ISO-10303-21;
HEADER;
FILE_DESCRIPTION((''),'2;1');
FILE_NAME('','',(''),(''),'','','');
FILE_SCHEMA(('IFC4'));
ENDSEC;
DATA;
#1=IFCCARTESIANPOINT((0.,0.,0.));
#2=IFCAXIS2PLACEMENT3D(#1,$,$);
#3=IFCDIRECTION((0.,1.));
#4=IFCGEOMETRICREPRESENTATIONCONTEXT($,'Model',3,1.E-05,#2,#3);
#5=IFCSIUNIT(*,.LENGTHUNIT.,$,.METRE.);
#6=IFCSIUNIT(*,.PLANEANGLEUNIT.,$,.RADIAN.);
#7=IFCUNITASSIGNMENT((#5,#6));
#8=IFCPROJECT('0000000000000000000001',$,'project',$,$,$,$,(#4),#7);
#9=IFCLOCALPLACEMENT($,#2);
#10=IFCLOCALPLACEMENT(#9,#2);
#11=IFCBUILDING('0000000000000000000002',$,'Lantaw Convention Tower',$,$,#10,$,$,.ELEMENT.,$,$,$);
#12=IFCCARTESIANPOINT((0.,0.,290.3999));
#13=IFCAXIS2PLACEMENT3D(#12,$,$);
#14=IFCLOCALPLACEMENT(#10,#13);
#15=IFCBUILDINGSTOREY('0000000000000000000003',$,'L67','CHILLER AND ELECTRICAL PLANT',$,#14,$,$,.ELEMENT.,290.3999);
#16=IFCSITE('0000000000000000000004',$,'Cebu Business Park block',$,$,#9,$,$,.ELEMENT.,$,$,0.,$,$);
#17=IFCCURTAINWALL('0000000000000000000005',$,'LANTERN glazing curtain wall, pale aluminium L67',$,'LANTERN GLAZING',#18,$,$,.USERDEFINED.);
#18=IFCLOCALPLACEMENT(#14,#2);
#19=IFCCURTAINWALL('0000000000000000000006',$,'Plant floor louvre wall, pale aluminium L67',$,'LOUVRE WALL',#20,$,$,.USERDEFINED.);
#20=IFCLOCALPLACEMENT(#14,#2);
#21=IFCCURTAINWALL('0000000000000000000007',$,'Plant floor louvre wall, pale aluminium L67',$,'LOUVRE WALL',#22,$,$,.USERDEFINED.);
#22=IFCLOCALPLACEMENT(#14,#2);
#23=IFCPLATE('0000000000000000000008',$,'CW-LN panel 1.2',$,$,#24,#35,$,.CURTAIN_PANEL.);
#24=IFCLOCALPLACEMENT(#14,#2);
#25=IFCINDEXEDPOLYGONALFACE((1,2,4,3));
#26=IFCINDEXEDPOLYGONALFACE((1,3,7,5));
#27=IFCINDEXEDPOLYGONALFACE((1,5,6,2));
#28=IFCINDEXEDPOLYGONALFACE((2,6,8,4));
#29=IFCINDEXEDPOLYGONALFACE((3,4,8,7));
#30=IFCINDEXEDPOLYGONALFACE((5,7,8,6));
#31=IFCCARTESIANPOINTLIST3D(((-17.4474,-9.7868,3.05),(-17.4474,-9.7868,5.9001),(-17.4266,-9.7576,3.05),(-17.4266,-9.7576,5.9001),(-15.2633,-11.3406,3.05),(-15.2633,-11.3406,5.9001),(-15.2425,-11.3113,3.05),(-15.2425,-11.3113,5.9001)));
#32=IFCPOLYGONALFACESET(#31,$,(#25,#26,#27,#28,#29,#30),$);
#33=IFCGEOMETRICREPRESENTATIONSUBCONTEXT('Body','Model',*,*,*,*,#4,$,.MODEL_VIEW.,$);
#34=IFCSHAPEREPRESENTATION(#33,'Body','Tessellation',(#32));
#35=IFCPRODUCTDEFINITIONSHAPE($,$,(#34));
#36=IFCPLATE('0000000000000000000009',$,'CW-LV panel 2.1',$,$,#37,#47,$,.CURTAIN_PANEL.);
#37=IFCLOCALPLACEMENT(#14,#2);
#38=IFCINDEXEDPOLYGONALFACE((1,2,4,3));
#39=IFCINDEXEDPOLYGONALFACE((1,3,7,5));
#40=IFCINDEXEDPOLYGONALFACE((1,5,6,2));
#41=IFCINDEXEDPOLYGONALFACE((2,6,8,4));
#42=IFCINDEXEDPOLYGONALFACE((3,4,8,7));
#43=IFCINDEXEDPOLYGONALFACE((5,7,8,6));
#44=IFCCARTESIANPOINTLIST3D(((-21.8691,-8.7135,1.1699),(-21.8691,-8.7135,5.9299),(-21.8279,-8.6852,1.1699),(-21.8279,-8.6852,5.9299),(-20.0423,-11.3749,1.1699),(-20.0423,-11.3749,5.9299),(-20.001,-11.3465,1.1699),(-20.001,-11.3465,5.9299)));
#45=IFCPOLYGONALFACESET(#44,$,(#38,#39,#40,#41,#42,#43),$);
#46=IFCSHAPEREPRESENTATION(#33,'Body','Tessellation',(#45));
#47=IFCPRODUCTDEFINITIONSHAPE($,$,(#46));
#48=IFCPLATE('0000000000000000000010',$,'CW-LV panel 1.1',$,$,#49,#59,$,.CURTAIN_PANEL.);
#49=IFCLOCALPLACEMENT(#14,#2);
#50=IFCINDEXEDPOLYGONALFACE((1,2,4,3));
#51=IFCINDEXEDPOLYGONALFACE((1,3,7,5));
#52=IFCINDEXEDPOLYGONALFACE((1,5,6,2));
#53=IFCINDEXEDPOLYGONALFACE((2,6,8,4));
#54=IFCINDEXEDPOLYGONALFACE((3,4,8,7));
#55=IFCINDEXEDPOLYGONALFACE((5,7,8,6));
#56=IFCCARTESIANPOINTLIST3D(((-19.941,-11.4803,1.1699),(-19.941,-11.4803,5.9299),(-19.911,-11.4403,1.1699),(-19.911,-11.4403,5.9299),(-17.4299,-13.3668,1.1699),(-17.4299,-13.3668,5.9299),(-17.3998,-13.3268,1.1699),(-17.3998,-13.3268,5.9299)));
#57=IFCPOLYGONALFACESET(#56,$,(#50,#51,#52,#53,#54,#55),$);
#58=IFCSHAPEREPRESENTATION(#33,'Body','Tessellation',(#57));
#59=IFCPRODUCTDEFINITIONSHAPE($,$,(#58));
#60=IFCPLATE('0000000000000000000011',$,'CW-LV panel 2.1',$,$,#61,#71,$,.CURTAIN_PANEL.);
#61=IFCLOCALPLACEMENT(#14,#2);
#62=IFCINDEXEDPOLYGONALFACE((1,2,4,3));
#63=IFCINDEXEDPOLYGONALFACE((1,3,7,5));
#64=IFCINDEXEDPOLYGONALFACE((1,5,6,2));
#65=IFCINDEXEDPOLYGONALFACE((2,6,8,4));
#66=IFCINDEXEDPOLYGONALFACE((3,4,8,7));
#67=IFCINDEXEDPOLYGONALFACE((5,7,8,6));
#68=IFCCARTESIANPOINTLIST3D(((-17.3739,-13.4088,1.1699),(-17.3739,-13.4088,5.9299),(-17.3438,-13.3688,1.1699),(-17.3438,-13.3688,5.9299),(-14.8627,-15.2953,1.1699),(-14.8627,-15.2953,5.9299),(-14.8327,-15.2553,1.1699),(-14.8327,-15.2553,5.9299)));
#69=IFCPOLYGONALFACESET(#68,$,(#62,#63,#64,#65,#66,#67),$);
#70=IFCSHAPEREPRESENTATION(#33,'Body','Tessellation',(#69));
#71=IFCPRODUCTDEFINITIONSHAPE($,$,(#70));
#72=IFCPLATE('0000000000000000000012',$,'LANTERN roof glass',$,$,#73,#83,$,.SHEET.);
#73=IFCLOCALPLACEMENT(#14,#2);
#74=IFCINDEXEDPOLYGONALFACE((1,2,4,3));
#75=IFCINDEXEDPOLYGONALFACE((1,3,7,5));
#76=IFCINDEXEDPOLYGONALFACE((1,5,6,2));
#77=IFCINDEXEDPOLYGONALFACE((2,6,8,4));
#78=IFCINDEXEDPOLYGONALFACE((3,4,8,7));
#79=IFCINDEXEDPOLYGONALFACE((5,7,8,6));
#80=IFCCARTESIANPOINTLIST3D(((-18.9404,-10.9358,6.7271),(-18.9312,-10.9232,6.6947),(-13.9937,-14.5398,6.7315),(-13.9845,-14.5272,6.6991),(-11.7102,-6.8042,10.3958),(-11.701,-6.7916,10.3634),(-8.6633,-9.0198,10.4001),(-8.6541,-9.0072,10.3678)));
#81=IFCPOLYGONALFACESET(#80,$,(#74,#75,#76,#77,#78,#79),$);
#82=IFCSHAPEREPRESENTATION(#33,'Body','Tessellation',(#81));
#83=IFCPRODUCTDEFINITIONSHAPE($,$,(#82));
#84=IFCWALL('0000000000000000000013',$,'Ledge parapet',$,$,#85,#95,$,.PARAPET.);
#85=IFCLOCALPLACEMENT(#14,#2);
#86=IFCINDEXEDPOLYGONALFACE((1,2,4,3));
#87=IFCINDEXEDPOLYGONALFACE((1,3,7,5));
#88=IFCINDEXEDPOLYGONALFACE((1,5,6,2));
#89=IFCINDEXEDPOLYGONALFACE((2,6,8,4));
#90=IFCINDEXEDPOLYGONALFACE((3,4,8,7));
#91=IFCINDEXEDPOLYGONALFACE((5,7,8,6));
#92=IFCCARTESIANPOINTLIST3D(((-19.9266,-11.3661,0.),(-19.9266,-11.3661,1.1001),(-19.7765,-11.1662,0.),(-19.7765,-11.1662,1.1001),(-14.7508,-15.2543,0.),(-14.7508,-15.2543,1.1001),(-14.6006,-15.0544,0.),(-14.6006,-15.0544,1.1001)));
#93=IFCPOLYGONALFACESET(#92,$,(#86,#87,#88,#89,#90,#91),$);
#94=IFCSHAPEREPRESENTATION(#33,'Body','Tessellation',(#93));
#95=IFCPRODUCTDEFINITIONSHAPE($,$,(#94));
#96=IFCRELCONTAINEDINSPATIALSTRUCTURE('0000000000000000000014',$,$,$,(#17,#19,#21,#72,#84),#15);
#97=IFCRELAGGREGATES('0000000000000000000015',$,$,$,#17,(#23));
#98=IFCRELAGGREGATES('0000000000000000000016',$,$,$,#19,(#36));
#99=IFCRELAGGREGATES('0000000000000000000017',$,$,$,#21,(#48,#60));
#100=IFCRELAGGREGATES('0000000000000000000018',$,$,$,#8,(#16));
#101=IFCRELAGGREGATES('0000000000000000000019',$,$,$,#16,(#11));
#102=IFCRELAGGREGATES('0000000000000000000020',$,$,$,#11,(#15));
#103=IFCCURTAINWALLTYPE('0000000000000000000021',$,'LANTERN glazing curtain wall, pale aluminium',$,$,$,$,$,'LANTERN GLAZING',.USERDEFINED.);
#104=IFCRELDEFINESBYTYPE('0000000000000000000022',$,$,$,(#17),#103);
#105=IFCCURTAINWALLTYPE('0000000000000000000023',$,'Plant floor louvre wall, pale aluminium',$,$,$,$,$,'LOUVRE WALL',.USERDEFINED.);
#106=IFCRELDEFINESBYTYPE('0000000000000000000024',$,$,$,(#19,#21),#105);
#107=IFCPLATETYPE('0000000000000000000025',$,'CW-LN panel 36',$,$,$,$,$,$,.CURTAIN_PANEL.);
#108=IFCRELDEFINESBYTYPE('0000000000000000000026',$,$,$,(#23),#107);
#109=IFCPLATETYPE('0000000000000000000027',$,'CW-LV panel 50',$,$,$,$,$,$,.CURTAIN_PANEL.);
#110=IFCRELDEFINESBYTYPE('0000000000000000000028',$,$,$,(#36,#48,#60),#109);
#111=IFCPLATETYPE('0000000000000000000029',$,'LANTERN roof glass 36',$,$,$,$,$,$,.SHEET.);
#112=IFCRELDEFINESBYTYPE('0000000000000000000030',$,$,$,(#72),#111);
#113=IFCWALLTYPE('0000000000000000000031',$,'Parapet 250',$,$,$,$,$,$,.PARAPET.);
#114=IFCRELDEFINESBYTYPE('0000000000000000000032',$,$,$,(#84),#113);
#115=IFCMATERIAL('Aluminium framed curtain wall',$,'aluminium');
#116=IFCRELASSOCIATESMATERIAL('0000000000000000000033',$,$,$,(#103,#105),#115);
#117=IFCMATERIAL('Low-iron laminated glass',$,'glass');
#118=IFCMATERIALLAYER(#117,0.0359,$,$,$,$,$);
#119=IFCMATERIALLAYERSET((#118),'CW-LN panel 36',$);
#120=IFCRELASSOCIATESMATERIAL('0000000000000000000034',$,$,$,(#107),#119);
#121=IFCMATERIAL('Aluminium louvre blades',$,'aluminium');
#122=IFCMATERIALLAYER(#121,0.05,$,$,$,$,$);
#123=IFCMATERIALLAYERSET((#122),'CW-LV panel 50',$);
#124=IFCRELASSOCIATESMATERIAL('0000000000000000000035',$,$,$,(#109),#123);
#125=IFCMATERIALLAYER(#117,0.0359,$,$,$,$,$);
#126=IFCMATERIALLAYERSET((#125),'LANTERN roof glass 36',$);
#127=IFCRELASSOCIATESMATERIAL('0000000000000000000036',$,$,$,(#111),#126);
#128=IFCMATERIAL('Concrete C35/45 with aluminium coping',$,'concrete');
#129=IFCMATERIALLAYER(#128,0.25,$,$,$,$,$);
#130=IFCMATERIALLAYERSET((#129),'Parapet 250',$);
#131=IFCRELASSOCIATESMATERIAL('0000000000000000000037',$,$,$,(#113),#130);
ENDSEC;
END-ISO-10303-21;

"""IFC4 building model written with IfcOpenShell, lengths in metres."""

from ifc_helpers import new_model, si_unit, direction, frame, frame_2d, origin, origin_2d, place, context, subcontext, project, spatial, polyline, rectangle, outline, extrude, material, layer, layer_set, type_object, element, aggregate, save


model = new_model("IFC4")

# Units and contexts
model_context = context("Model", 3, precision=1e-05, world=origin(), true_north=direction((0.0, 1.0)))
body_context = subcontext(model_context, "Body", "Model", "MODEL_VIEW")
ifc_project = project(units=[si_unit("LENGTHUNIT", "METRE"), si_unit("PLANEANGLEUNIT", "RADIAN")], contexts=[model_context])

# Site, building, storey
site_placement = place(None, origin())
site = spatial("IfcSite", under=ifc_project, at=site_placement, Name="Cebu Business Park block", CompositionType="ELEMENT", RefElevation=0.0)
building_placement = place(site_placement, origin())
building = spatial("IfcBuilding", under=site, at=building_placement, Name="Lantaw Convention Tower", CompositionType="ELEMENT")
storey_placement = place(building_placement, frame((0.0, 0.0, 290.3999)))
storey = spatial("IfcBuildingStorey", under=building, at=storey_placement, Name="L67", Description="CHILLER AND ELECTRICAL PLANT", CompositionType="ELEMENT", Elevation=290.3999)

# Shared definitions
ifc_material_1 = material(Name="Aluminium framed curtain wall", Category="aluminium")
curtain_wall_type_1 = type_object("IfcCurtainWallType", Name="LANTERN glazing curtain wall, pale aluminium", ElementType="LANTERN GLAZING", PredefinedType="USERDEFINED", material=ifc_material_1)

# Curtain wall
curtain_wall_1_placement = place(storey_placement, origin())
curtain_wall_1 = element("IfcCurtainWall", 1, at=curtain_wall_1_placement, inside=storey, type_object=curtain_wall_type_1, Name="LANTERN glazing curtain wall, pale aluminium L67", ObjectType="LANTERN GLAZING", PredefinedType="USERDEFINED")

# Curtain wall
curtain_wall_type_2 = type_object("IfcCurtainWallType", Name="Plant floor louvre wall, pale aluminium", ElementType="LOUVRE WALL", PredefinedType="USERDEFINED", material=ifc_material_1)
curtain_wall_2_placement = place(storey_placement, origin())
curtain_wall_2 = element("IfcCurtainWall", 2, at=curtain_wall_2_placement, inside=storey, type_object=curtain_wall_type_2, Name="Plant floor louvre wall, pale aluminium L67", ObjectType="LOUVRE WALL", PredefinedType="USERDEFINED")

# Curtain wall
curtain_wall_3_placement = place(storey_placement, origin())
curtain_wall_3 = element("IfcCurtainWall", 3, at=curtain_wall_3_placement, inside=storey, type_object=curtain_wall_type_2, Name="Plant floor louvre wall, pale aluminium L67", ObjectType="LOUVRE WALL", PredefinedType="USERDEFINED")

# Plates
ifc_material_2 = material(Name="Low-iron laminated glass", Category="glass")
ifc_layer_1 = layer(ifc_material_2, 0.0359)
ifc_layer_set_1 = layer_set([ifc_layer_1], Name="CW-LN panel 36")
plate_type_1 = type_object("IfcPlateType", Name="CW-LN panel 36", PredefinedType="CURTAIN_PANEL", material=ifc_layer_set_1)
plate_1_placement = place(storey_placement, frame((-16.345, -10.5491, 3.05), z_axis=(0.0, 0.0, 1.0), x_axis=(0.814841, -0.579684, 0.0)))
plate_1 = element("IfcPlate", 4, at=plate_1_placement, type_object=plate_type_1, Name="CW-LN panel 1.2", PredefinedType="CURTAIN_PANEL", context=body_context, shape_type="SweptSolid", body=[
    extrude(rectangle(XDim=2.6804, YDim=0.0359, at=origin_2d()), origin(), (0.0, 0.0, 1.0), 2.8501),
])
aggregate(curtain_wall_1, [plate_1])
ifc_material_3 = material(Name="Aluminium louvre blades", Category="aluminium")
ifc_layer_2 = layer(ifc_material_3, 0.05)
ifc_layer_set_2 = layer_set([ifc_layer_2], Name="CW-LV panel 50")
plate_type_2 = type_object("IfcPlateType", Name="CW-LV panel 50", PredefinedType="CURTAIN_PANEL", material=ifc_layer_set_2)
plate_2_placement = place(storey_placement, frame((-20.9351, -10.03, 1.1699), z_axis=(0.0, 0.0, 1.0), x_axis=(0.565935, -0.82445, 0.0)))
plate_2 = element("IfcPlate", 5, at=plate_2_placement, type_object=plate_type_2, Name="CW-LV panel 2.1", PredefinedType="CURTAIN_PANEL", context=body_context, shape_type="SweptSolid", body=[
    extrude(rectangle(XDim=3.228, YDim=0.05, at=origin_2d()), origin(), (0.0, 0.0, 1.0), 4.76),
])
aggregate(curtain_wall_2, [plate_2])
plate_3_placement = place(storey_placement, frame((-18.6704, -12.4036, 1.1699), z_axis=(0.0, 0.0, 1.0), x_axis=(0.799518, -0.600643, 0.0)))
plate_3 = element("IfcPlate", 6, at=plate_3_placement, type_object=plate_type_2, Name="CW-LV panel 1.1", PredefinedType="CURTAIN_PANEL", context=body_context, shape_type="SweptSolid", body=[
    extrude(rectangle(XDim=3.1409, YDim=0.05, at=origin_2d()), origin(), (0.0, 0.0, 1.0), 4.76),
])
plate_4_placement = place(storey_placement, frame((-16.1033, -14.332, 1.1699), z_axis=(0.0, 0.0, 1.0), x_axis=(0.799518, -0.600643, 0.0)))
plate_4 = element("IfcPlate", 7, at=plate_4_placement, type_object=plate_type_2, Name="CW-LV panel 2.1", PredefinedType="CURTAIN_PANEL", context=body_context, shape_type="SweptSolid", body=[
    extrude(rectangle(XDim=3.1409, YDim=0.05, at=origin_2d()), origin(), (0.0, 0.0, 1.0), 4.76),
])
aggregate(curtain_wall_3, [plate_3, plate_4])
ifc_layer_3 = layer(ifc_material_2, 0.0359)
ifc_layer_set_3 = layer_set([ifc_layer_3], Name="LANTERN roof glass 36")
plate_type_3 = type_object("IfcPlateType", Name="LANTERN roof glass 36", PredefinedType="SHEET", material=ifc_layer_set_3)
plate_5_placement = place(storey_placement, frame((-18.9404, -10.9358, 6.7271), z_axis=(-0.25646, -0.350908, 0.900606), x_axis=(0.808241, -0.588851, 0.000721)))
element("IfcPlate", 8, at=plate_5_placement, inside=storey, type_object=plate_type_3, Name="LANTERN roof glass", PredefinedType="SHEET", context=body_context, shape_type="SweptSolid", body=[
    extrude(outline(polyline([(0.0, 0.0), (6.1204, 0.0), (7.1808, 8.4391), (3.4135, 8.4353), (0.0, 0.0)])), origin(), (0.0, 0.0, -1.0), 0.0359),
])

# Wall
ifc_material_4 = material(Name="Concrete C35/45 with aluminium coping", Category="concrete")
ifc_layer_4 = layer(ifc_material_4, 0.25)
ifc_layer_set_4 = layer_set([ifc_layer_4], Name="Parapet 250")
wall_type = type_object("IfcWallType", Name="Parapet 250", PredefinedType="PARAPET", material=ifc_layer_set_4)
wall_placement = place(storey_placement, frame((-19.8516, -11.2661, 0.0), z_axis=(0.0, 0.0, 1.0), x_axis=(0.799529, -0.600627, 0.0)))
element("IfcWall", 9, at=wall_placement, inside=storey, type_object=wall_type, Name="Ledge parapet", PredefinedType="PARAPET", context=body_context, shape_type="SweptSolid", body=[
    extrude(rectangle(XDim=6.4736, YDim=0.25, at=frame_2d((3.2368, 0.0))), origin(), (0.0, 0.0, 1.0), 1.1001),
])

save(model, "model.ifc")
